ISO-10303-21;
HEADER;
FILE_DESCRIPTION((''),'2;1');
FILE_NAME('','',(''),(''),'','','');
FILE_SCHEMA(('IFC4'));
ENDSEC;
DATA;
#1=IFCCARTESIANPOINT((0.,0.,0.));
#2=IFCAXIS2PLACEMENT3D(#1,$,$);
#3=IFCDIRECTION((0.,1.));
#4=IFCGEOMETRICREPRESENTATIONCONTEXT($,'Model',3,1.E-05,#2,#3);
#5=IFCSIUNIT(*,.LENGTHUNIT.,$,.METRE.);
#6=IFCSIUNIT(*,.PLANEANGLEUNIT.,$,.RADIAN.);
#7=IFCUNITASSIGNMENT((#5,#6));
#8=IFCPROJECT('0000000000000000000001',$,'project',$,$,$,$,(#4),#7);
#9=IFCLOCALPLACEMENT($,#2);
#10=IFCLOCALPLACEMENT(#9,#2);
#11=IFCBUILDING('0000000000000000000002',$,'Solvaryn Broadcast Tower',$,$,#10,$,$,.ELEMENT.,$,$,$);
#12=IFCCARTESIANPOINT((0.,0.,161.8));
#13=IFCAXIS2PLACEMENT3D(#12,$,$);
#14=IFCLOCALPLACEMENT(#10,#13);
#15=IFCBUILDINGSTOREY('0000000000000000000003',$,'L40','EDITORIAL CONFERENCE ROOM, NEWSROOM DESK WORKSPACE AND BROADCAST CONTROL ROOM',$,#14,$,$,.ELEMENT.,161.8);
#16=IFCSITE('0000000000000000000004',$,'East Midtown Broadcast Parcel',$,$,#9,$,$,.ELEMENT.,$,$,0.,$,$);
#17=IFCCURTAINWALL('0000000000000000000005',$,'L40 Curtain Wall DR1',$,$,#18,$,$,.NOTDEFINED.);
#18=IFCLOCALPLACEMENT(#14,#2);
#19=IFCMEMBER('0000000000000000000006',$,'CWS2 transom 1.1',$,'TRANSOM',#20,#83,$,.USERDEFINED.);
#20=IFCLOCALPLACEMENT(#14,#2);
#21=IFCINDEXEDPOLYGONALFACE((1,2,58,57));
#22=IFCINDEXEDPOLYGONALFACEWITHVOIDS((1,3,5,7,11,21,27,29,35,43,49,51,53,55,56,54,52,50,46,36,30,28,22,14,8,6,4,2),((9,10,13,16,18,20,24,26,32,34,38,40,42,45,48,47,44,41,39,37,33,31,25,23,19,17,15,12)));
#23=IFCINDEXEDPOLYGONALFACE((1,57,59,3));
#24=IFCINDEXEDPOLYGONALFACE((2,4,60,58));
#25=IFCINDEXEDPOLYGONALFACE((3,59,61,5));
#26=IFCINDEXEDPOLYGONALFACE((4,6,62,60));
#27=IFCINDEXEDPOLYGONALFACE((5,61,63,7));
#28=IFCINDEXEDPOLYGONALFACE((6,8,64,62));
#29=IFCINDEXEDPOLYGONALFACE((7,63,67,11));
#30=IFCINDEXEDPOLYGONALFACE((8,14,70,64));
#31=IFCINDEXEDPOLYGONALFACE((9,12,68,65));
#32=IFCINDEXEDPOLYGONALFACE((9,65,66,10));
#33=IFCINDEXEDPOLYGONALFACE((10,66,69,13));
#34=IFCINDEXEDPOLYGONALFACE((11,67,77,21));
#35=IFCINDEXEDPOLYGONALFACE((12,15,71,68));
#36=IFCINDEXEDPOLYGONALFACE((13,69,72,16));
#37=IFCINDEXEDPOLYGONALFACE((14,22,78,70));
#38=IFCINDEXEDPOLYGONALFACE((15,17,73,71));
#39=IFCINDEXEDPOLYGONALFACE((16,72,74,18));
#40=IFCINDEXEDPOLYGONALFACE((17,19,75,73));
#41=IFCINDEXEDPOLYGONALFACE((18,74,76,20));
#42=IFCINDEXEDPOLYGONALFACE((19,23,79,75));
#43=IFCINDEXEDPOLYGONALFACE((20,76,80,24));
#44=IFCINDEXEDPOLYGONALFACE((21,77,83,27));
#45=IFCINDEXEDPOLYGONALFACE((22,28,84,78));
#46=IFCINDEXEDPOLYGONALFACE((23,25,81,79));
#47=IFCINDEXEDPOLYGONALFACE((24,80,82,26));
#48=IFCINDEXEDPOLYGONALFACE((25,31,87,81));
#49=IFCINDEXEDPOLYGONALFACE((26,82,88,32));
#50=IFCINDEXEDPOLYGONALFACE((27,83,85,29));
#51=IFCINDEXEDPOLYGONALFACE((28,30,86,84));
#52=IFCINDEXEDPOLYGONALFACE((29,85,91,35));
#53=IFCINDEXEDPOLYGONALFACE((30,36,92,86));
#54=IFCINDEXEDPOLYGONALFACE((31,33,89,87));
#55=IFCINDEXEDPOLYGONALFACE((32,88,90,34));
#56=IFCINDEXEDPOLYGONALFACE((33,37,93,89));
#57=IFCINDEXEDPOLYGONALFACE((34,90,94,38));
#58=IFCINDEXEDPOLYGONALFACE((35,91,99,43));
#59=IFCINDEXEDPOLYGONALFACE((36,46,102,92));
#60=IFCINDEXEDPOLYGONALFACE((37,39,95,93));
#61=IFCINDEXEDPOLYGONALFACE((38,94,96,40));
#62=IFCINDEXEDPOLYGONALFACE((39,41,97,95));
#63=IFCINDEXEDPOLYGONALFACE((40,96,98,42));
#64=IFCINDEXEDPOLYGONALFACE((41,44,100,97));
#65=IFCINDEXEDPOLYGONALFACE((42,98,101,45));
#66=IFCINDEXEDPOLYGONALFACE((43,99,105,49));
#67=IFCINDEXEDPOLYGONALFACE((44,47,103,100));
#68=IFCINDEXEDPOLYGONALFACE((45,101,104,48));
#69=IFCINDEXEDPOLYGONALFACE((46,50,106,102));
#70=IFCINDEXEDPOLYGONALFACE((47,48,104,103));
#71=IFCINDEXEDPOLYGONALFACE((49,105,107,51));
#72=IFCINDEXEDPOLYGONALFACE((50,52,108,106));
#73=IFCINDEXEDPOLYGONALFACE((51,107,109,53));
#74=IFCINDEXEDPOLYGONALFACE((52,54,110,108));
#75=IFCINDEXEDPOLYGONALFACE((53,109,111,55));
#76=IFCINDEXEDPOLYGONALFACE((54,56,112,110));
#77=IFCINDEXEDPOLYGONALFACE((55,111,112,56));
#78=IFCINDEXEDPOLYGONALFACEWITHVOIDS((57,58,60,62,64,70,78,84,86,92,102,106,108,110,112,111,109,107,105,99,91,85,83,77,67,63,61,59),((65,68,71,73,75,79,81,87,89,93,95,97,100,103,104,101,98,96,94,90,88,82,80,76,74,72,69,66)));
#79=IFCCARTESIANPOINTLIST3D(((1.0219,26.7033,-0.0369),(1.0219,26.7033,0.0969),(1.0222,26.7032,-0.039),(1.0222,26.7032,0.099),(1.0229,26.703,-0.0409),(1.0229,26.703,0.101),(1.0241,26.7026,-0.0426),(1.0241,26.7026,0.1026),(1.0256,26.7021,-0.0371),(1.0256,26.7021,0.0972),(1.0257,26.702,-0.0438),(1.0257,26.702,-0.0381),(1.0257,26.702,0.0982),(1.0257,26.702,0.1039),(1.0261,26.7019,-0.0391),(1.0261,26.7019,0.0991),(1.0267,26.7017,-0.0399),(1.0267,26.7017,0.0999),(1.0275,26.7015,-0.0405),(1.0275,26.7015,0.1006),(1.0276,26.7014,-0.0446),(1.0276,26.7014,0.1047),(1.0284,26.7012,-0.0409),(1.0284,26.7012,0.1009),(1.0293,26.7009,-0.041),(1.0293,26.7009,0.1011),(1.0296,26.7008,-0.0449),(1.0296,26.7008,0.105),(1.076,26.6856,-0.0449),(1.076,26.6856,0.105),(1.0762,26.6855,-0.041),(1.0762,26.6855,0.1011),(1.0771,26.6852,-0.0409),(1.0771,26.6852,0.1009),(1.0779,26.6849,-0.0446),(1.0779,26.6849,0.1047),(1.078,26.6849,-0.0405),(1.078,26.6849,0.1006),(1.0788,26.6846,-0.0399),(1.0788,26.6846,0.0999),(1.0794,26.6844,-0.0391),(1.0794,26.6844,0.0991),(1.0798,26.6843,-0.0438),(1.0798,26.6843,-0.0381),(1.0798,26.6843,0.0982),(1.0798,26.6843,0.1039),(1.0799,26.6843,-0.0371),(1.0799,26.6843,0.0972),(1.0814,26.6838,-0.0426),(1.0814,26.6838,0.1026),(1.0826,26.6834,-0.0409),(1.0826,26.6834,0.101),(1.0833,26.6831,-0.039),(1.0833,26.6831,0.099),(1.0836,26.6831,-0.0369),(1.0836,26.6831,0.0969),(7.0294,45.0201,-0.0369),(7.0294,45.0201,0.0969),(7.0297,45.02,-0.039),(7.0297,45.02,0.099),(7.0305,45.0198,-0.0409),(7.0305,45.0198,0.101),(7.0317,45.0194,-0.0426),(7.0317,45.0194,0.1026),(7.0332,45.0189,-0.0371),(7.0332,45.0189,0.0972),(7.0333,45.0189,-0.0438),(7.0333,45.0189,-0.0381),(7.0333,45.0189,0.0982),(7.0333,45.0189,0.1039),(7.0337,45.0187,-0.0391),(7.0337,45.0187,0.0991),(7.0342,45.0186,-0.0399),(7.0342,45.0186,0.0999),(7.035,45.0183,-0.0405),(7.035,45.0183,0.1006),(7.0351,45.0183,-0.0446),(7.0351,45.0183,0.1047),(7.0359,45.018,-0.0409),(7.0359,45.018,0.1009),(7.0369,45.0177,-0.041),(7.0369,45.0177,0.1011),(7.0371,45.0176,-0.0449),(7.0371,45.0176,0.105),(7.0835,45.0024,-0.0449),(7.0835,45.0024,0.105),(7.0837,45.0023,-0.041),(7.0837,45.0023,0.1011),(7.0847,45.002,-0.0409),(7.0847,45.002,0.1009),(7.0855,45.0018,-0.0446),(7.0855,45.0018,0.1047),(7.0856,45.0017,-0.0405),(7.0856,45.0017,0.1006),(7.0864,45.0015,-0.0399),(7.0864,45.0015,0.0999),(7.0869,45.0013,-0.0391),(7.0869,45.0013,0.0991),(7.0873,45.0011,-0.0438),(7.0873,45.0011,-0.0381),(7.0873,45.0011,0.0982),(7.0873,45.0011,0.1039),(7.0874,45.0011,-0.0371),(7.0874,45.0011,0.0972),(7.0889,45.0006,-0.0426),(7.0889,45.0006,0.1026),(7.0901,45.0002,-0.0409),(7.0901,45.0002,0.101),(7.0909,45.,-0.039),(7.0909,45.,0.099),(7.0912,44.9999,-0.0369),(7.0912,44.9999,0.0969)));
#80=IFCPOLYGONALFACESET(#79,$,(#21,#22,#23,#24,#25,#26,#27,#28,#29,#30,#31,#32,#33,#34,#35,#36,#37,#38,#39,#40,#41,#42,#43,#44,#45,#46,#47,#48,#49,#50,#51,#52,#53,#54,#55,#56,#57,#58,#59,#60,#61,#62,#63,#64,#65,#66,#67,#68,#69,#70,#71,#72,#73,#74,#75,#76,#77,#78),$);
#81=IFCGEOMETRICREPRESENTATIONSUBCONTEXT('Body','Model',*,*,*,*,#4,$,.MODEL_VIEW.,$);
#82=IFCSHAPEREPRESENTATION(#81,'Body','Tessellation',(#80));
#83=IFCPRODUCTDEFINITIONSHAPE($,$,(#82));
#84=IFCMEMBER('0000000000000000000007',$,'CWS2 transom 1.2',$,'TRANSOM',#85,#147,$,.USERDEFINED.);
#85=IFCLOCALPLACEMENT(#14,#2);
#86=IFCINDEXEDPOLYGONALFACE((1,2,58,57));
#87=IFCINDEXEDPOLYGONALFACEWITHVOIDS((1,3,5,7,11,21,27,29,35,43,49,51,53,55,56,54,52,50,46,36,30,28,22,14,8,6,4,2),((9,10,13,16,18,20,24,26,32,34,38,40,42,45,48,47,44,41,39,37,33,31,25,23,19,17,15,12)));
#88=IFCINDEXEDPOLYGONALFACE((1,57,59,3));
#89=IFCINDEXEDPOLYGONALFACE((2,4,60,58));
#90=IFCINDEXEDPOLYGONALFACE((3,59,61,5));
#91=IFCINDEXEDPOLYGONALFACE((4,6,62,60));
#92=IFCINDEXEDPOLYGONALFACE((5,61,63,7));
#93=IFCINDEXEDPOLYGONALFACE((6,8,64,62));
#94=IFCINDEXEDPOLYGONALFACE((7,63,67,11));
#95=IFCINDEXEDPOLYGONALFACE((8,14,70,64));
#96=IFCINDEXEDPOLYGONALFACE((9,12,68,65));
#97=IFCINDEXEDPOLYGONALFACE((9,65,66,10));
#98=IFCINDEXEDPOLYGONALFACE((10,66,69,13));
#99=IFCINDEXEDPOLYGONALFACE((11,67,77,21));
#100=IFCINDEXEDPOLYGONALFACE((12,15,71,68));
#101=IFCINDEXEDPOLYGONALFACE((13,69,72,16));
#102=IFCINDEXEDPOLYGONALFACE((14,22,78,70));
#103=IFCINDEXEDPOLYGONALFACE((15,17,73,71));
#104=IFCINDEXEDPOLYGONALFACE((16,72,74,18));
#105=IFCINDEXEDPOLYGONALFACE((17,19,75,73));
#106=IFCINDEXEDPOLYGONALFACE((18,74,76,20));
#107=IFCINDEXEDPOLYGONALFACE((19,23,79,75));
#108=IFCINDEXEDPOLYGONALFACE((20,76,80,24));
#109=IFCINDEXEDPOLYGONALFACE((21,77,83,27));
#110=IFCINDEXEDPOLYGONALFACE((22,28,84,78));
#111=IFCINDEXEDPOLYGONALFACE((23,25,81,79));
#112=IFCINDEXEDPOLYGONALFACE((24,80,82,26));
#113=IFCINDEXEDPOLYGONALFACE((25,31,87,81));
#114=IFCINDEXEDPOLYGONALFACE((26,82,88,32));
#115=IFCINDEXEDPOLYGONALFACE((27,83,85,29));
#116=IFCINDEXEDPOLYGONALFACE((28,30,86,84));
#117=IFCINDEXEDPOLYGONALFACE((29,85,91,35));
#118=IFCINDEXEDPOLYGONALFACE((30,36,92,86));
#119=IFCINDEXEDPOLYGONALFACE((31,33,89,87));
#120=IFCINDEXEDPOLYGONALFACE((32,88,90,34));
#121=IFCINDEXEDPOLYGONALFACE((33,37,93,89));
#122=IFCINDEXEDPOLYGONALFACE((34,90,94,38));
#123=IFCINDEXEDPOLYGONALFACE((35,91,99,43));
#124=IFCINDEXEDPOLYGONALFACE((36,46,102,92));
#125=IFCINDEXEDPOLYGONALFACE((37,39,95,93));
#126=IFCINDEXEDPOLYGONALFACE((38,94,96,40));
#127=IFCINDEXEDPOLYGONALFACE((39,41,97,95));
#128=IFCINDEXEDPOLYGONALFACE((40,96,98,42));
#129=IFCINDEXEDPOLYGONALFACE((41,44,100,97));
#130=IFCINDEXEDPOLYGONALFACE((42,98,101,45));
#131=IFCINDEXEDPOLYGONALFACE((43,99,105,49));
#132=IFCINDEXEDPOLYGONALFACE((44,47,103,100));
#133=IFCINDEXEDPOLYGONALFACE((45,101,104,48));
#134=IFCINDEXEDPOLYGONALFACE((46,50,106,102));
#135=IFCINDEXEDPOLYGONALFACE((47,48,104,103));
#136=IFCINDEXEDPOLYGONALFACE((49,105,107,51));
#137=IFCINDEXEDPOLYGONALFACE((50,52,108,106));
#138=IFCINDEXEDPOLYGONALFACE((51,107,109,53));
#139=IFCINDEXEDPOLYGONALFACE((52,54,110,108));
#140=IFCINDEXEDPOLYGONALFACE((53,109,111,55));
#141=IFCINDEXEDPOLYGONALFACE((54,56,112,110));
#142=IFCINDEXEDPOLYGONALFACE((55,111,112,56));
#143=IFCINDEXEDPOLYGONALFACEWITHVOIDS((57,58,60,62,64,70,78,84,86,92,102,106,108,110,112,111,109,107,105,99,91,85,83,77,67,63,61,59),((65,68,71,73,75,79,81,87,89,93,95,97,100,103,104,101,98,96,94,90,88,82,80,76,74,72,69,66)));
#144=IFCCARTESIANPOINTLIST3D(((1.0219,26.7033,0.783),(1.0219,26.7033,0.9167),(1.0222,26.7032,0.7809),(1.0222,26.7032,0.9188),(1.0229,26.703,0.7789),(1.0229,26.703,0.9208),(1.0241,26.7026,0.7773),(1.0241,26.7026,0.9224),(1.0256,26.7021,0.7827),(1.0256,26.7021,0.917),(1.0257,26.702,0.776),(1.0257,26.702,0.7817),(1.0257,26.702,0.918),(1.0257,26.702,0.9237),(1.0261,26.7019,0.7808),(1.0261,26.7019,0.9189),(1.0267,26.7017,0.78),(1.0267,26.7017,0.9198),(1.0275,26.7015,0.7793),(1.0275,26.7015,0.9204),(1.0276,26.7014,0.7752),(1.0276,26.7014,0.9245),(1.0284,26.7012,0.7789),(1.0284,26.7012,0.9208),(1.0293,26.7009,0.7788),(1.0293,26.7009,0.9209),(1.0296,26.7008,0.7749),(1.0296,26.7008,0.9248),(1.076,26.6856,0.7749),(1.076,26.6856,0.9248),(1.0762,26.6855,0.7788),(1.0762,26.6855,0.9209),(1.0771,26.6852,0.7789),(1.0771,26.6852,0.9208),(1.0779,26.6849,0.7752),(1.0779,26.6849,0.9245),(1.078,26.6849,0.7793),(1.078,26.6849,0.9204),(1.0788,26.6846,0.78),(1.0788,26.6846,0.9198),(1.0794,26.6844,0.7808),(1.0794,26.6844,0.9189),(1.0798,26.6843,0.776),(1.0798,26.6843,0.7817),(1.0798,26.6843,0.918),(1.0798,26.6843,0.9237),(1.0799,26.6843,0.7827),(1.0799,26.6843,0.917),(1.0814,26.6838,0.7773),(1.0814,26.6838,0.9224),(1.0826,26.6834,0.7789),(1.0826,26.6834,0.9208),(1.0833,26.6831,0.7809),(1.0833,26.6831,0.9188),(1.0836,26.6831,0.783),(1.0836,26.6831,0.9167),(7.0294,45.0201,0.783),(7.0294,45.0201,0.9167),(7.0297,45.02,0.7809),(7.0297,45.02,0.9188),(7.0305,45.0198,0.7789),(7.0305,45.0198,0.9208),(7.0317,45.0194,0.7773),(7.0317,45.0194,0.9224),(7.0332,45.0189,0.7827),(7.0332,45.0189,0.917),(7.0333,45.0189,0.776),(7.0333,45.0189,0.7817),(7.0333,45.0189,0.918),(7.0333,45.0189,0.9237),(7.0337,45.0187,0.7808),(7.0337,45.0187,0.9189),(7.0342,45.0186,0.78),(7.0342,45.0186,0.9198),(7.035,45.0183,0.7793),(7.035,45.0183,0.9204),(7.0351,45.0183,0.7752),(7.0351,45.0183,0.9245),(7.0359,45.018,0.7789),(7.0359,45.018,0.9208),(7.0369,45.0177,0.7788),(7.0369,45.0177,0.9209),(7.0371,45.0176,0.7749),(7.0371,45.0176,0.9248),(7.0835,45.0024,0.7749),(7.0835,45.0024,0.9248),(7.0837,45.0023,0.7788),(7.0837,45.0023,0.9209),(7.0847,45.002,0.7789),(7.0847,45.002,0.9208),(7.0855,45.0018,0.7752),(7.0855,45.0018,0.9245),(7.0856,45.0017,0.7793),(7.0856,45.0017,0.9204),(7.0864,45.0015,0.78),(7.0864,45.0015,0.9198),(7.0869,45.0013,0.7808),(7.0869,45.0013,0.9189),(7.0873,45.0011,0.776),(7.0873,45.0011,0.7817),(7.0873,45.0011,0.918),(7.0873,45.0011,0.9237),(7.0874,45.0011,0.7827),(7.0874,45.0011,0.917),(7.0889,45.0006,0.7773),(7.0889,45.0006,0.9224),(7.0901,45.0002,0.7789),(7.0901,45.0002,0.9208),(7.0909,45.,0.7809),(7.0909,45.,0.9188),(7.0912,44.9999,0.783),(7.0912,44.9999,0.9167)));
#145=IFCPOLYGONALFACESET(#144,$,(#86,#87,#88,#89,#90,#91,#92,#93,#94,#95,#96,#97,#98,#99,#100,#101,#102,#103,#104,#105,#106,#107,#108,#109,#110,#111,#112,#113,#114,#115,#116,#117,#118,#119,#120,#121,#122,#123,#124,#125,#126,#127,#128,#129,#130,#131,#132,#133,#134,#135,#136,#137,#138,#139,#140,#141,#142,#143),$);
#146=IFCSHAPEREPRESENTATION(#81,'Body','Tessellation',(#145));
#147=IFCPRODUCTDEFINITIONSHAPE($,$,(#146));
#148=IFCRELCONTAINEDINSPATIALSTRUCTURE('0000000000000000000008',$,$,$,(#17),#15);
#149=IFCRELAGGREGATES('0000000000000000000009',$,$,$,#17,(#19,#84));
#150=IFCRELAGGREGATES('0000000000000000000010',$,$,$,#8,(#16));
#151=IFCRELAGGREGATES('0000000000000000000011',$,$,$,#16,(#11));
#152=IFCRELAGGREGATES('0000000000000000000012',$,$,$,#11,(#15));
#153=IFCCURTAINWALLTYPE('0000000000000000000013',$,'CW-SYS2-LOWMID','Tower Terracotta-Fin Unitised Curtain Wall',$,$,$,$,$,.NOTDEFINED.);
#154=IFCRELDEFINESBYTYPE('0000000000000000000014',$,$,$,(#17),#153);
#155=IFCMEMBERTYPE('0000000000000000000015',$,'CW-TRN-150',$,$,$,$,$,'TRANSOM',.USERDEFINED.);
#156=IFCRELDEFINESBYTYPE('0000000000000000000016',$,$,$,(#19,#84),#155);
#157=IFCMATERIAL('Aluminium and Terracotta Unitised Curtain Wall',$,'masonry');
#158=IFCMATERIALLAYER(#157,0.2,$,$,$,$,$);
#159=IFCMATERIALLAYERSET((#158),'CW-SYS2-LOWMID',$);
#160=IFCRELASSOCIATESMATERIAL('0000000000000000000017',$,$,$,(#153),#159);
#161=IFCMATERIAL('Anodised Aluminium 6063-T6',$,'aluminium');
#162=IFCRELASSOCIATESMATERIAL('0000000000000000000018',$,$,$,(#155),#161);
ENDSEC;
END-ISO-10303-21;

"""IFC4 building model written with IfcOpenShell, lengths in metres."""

from ifc_helpers import new_model, si_unit, direction, frame, origin, origin_2d, place, context, subcontext, project, spatial, hollow_rectangle, extrude, material, layer, layer_set, material_profile, profile_set, type_object, element, aggregate, save


model = new_model("IFC4")

# Units and contexts
model_context = context("Model", 3, precision=1e-05, world=origin(), true_north=direction((0.0, 1.0)))
body_context = subcontext(model_context, "Body", "Model", "MODEL_VIEW")
ifc_project = project(units=[si_unit("LENGTHUNIT", "METRE"), si_unit("PLANEANGLEUNIT", "RADIAN")], contexts=[model_context])

# Site, building, storey
site_placement = place(None, origin())
site = spatial("IfcSite", under=ifc_project, at=site_placement, Name="East Midtown Broadcast Parcel", CompositionType="ELEMENT", RefElevation=0.0)
building_placement = place(site_placement, origin())
building = spatial("IfcBuilding", under=site, at=building_placement, Name="Solvaryn Broadcast Tower", CompositionType="ELEMENT")
storey_placement = place(building_placement, frame((0.0, 0.0, 161.8)))
storey = spatial("IfcBuildingStorey", under=building, at=storey_placement, Name="L40", Description="EDITORIAL CONFERENCE ROOM, NEWSROOM DESK WORKSPACE AND BROADCAST CONTROL ROOM", CompositionType="ELEMENT", Elevation=161.8)

# Curtain wall
ifc_material_1 = material(Name="Aluminium and Terracotta Unitised Curtain Wall", Category="masonry")
ifc_layer_1 = layer(ifc_material_1, 0.2)
ifc_layer_set_1 = layer_set([ifc_layer_1], Name="CW-SYS2-LOWMID")
curtain_wall_type = type_object("IfcCurtainWallType", Name="CW-SYS2-LOWMID", Description="Tower Terracotta-Fin Unitised Curtain Wall", PredefinedType="NOTDEFINED", material=ifc_layer_set_1)
curtain_wall_1_placement = place(storey_placement, origin())
curtain_wall_1 = element("IfcCurtainWall", 1, at=curtain_wall_1_placement, inside=storey, type_object=curtain_wall_type, Name="L40 Curtain Wall DR1", PredefinedType="NOTDEFINED")

# Members
ifc_material_2 = material(Name="Anodised Aluminium 6063-T6", Category="aluminium")
ifc_material_profile_1 = material_profile(ifc_material_2, hollow_rectangle(XDim=0.0649, YDim=0.1499, WallThickness=0.0039, InnerFilletRadius=0.0039, OuterFilletRadius=0.0081, at=origin_2d()))
ifc_profile_set_1 = profile_set([ifc_material_profile_1], Name="Anodised Aluminium 6063-T6")
member_type_1 = type_object("IfcMemberType", Name="CW-TRN-150", ElementType="TRANSOM", PredefinedType="USERDEFINED", material=ifc_profile_set_1)
member_1_placement = place(storey_placement, frame((7.0603, 45.01, 0.03), z_axis=(-0.311646, -0.950198, 0.0), x_axis=(0.950198, -0.311646, 0.0)))
member_1 = element("IfcMember", 2, at=member_1_placement, type_object=member_type_1, Name="CWS2 transom 1.1", ObjectType="TRANSOM", PredefinedType="USERDEFINED", context=body_context, shape_type="SweptSolid", body=[
    extrude(hollow_rectangle(XDim=0.0649, YDim=0.1499, WallThickness=0.0039, InnerFilletRadius=0.0039, OuterFilletRadius=0.0081, at=origin_2d()), origin(), (0.0, 0.0, 1.0), 19.2769),
])
member_2_placement = place(storey_placement, frame((7.0603, 45.01, 0.8499), z_axis=(-0.311646, -0.950198, 0.0), x_axis=(0.950198, -0.311646, 0.0)))
member_2 = element("IfcMember", 3, at=member_2_placement, type_object=member_type_1, Name="CWS2 transom 1.2", ObjectType="TRANSOM", PredefinedType="USERDEFINED", context=body_context, shape_type="SweptSolid", body=[
    extrude(hollow_rectangle(XDim=0.0649, YDim=0.1499, WallThickness=0.0039, InnerFilletRadius=0.0039, OuterFilletRadius=0.0081, at=origin_2d()), origin(), (0.0, 0.0, 1.0), 19.2769),
])
aggregate(curtain_wall_1, [member_1, member_2])

save(model, "model.ifc")
